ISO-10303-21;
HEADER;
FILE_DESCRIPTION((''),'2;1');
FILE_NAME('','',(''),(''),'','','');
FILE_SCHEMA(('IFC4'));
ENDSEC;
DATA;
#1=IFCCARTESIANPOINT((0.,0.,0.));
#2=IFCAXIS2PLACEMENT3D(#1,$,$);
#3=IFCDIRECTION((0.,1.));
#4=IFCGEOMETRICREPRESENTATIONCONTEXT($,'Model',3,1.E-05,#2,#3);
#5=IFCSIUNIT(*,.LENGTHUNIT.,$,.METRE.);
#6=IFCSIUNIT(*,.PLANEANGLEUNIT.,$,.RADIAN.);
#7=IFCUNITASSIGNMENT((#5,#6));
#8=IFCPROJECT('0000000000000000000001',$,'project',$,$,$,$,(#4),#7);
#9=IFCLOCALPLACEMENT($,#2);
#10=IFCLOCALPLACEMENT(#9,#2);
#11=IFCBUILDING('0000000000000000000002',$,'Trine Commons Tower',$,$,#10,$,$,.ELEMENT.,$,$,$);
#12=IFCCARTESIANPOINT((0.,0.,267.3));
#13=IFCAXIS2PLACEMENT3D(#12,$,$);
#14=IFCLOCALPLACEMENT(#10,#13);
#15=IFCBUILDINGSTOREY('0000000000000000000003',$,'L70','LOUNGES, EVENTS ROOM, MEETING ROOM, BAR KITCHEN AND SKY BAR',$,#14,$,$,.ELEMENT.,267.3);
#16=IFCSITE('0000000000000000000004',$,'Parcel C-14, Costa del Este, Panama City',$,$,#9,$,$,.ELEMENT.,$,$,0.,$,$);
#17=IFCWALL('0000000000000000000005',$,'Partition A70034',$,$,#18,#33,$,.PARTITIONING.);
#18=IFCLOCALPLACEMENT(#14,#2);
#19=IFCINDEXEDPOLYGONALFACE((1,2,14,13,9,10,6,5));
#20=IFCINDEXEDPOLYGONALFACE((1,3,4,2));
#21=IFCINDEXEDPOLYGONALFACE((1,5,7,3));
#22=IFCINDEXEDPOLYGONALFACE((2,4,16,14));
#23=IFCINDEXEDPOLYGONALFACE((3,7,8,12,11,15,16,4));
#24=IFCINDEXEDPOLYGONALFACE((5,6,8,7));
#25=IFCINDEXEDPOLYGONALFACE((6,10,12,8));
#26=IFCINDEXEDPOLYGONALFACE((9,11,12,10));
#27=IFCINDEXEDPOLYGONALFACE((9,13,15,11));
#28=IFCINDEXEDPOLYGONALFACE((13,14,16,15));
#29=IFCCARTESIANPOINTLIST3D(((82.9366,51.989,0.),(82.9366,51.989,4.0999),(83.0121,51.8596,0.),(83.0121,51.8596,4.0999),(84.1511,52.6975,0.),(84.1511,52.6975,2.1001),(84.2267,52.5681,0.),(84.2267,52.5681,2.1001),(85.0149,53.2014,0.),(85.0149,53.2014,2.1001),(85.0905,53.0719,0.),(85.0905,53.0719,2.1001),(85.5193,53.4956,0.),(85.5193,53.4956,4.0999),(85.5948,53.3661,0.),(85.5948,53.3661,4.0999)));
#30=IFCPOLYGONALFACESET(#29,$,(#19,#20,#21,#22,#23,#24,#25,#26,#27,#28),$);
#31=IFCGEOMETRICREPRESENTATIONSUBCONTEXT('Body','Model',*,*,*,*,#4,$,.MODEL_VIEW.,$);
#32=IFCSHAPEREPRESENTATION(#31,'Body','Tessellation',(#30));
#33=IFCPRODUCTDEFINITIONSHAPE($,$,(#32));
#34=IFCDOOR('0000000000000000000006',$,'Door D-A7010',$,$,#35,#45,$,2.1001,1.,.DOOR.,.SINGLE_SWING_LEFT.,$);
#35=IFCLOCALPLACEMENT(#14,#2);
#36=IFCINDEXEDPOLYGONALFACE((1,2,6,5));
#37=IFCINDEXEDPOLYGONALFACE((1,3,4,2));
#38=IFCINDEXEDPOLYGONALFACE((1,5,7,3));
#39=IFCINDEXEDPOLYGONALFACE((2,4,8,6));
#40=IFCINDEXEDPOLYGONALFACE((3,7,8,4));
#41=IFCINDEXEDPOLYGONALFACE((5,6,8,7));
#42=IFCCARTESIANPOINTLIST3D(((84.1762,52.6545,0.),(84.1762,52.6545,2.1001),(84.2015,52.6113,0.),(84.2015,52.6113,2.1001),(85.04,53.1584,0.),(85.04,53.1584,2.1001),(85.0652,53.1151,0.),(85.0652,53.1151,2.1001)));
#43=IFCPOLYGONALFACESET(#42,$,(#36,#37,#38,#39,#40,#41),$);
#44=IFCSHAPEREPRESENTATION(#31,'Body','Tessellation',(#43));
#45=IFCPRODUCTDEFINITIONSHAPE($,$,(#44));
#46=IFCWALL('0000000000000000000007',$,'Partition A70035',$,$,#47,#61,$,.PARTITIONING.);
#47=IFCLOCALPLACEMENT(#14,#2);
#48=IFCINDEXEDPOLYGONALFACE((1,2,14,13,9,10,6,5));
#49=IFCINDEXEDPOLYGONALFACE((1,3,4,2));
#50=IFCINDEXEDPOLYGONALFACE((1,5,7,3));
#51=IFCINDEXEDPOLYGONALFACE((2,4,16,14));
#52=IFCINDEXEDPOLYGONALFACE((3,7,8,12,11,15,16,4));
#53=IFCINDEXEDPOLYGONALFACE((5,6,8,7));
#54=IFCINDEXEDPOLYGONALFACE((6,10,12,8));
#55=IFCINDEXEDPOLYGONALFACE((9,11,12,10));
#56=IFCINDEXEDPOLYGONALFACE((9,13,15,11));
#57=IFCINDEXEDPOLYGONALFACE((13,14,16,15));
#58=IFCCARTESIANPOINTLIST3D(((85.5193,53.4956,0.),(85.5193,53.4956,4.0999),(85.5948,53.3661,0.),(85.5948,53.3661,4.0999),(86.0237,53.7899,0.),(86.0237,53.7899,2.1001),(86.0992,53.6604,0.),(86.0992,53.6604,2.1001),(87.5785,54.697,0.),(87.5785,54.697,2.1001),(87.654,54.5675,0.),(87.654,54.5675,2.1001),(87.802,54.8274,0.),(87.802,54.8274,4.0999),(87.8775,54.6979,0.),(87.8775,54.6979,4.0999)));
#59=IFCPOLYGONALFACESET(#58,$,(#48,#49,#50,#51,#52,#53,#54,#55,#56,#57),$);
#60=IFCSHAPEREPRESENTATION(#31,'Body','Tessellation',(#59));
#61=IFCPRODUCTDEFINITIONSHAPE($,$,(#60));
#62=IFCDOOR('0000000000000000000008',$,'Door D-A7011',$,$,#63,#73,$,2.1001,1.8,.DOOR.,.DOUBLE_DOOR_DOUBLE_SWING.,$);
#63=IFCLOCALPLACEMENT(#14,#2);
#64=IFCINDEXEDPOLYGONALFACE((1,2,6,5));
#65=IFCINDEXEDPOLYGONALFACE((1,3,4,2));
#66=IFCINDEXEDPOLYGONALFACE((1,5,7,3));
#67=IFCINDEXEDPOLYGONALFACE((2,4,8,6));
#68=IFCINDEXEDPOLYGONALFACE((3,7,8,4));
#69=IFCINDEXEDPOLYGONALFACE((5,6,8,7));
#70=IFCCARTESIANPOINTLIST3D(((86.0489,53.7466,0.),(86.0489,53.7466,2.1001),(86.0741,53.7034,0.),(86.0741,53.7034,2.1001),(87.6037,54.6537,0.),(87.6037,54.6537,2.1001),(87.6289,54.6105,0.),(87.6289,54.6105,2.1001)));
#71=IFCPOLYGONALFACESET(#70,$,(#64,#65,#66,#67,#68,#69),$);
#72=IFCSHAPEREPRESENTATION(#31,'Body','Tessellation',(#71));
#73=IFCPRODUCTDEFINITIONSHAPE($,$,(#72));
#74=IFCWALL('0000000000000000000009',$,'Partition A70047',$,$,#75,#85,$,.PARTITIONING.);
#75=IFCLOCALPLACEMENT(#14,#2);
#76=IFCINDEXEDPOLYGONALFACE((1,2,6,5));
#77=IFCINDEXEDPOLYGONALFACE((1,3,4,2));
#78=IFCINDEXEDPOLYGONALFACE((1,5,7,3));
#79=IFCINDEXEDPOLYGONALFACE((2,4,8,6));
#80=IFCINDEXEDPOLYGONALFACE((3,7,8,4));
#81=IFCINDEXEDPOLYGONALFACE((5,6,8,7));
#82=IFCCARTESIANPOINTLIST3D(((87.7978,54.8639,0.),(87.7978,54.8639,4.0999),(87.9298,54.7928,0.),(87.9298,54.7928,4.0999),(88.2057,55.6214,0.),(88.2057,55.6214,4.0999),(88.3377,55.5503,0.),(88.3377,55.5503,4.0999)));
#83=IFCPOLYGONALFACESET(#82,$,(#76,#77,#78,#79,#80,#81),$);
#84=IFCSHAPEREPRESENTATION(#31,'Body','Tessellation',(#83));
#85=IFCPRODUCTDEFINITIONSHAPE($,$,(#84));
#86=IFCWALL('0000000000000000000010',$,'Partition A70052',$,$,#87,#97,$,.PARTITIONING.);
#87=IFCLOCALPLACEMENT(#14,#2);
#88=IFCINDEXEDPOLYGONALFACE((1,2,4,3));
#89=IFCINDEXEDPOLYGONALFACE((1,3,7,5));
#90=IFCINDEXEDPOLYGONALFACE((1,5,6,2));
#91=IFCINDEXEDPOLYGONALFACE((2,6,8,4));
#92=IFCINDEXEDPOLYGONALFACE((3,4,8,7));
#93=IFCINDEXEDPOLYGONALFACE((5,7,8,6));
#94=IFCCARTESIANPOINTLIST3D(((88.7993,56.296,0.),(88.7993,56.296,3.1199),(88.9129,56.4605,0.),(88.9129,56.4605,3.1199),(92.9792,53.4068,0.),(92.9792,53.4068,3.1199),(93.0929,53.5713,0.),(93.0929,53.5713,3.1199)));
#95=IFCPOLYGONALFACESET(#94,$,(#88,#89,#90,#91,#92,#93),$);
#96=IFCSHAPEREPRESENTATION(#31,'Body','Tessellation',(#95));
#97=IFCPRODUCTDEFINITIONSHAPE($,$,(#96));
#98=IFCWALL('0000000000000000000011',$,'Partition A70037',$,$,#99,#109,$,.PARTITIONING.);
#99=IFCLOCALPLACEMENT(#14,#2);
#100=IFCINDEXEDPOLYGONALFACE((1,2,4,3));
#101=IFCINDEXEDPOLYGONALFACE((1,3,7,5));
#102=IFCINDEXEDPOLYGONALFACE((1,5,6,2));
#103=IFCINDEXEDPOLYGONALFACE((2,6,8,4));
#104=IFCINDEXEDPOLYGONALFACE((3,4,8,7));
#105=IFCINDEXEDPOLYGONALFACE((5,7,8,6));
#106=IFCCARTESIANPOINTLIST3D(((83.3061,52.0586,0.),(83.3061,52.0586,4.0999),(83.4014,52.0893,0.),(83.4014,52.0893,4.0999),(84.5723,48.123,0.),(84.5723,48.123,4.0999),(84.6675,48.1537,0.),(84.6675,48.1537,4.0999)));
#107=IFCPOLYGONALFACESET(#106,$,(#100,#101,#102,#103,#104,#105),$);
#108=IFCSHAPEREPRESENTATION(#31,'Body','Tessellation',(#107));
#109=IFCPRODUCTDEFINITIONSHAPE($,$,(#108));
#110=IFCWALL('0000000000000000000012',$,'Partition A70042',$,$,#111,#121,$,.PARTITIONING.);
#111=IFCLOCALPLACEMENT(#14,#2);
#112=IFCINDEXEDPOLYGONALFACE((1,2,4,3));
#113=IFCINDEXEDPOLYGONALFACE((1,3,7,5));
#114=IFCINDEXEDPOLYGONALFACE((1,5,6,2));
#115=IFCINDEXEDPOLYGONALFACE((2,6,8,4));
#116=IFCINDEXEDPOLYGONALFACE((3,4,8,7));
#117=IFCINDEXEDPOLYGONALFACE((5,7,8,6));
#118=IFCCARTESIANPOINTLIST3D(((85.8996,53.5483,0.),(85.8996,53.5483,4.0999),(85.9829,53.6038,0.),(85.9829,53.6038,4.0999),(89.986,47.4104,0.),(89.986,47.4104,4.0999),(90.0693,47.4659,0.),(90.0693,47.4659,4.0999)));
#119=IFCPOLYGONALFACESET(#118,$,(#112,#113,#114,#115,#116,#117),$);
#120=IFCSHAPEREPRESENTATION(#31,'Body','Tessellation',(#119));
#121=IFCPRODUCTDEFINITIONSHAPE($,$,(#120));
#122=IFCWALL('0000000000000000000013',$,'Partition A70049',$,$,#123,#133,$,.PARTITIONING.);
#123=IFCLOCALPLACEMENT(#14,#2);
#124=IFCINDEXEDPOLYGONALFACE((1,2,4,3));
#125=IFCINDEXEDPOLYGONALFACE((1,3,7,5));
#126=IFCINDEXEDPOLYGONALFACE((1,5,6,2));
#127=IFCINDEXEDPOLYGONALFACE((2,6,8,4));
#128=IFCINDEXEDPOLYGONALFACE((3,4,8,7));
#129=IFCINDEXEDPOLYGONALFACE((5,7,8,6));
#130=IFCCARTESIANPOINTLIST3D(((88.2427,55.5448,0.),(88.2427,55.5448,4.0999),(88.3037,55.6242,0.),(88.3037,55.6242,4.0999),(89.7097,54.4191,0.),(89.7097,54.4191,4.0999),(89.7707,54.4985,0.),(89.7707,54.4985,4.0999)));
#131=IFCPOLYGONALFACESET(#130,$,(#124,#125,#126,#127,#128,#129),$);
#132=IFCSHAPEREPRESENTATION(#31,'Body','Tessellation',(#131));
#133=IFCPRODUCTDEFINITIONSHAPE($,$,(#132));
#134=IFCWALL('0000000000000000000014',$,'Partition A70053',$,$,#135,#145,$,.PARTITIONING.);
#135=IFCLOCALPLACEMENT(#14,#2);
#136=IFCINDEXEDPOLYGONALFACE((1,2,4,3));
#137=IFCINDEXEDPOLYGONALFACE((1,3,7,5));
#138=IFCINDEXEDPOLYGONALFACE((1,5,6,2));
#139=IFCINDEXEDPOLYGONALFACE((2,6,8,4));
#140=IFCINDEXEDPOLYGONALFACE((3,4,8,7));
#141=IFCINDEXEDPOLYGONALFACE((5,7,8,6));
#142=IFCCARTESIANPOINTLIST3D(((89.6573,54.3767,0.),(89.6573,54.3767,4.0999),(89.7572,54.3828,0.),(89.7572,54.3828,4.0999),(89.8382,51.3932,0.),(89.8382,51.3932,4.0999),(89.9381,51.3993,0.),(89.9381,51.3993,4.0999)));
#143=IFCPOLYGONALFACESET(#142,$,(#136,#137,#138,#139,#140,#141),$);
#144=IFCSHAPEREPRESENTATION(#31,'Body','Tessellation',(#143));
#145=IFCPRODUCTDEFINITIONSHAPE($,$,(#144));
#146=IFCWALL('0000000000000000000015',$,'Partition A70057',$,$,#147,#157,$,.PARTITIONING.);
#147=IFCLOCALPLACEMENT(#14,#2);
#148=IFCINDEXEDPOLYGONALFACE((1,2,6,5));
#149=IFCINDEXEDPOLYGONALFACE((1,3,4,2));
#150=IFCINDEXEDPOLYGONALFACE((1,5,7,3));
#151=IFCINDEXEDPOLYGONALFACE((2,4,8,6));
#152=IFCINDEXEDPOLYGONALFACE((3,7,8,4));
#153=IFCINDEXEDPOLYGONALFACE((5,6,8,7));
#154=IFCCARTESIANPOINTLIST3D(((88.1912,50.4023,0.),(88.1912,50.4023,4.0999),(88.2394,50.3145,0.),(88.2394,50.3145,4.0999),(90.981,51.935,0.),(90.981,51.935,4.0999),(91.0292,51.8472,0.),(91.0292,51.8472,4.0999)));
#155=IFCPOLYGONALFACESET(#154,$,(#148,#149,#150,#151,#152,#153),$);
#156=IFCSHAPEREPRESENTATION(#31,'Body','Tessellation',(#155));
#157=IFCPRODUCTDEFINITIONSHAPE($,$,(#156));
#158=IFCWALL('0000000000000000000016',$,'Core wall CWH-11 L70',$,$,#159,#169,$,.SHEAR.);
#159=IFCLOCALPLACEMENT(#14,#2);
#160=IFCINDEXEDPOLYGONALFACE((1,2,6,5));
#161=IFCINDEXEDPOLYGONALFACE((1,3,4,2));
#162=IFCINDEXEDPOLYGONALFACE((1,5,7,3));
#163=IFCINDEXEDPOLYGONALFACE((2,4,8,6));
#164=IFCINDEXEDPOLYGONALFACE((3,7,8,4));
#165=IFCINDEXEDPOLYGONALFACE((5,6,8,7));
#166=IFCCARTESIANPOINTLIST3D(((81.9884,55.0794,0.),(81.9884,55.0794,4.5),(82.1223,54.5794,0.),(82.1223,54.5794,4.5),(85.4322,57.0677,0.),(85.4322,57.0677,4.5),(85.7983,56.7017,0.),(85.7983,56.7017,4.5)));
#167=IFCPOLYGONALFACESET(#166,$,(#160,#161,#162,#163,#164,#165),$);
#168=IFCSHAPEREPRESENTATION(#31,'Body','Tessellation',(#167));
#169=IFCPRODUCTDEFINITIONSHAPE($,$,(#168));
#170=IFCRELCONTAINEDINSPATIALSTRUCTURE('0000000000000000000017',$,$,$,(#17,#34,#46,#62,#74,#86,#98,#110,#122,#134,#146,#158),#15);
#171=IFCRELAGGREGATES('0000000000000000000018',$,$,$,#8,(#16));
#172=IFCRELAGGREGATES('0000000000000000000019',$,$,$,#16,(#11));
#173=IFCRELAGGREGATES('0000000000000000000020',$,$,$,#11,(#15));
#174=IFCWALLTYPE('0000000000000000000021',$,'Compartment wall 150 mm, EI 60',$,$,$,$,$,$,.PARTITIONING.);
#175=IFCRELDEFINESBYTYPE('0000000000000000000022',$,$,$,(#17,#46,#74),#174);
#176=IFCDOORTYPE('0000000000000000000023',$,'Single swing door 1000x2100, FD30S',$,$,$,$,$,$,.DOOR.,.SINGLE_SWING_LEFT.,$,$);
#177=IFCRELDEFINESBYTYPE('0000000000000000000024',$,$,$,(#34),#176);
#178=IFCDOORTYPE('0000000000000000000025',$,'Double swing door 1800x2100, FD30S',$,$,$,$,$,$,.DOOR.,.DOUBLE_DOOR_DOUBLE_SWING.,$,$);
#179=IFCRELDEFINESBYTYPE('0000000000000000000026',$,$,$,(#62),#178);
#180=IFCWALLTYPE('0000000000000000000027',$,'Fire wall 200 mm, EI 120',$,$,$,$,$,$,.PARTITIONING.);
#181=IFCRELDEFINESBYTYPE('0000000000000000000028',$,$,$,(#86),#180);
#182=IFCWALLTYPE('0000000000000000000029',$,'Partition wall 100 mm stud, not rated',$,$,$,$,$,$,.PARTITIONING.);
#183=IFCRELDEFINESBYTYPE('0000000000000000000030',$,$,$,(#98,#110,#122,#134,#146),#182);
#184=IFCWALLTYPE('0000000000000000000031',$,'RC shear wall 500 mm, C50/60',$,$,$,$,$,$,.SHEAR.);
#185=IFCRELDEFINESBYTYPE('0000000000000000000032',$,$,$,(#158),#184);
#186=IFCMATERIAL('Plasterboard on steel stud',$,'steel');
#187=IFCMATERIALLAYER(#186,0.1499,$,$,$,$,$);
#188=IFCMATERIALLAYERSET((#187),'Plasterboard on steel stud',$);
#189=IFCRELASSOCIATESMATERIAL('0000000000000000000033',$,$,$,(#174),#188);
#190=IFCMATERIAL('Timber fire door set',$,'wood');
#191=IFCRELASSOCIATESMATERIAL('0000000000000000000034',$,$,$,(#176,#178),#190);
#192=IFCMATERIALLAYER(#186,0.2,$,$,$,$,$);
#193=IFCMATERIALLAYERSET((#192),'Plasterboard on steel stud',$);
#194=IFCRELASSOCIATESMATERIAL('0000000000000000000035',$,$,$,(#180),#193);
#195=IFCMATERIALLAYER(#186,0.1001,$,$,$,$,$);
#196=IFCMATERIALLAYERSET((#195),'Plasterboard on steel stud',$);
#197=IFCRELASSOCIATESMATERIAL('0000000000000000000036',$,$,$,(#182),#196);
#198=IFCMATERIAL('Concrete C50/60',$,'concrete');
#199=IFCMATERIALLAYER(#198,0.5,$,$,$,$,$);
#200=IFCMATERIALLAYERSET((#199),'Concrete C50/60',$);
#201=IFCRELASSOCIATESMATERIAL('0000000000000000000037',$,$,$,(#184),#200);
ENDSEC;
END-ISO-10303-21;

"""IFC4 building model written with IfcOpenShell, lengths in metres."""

from ifc_helpers import new_model, si_unit, direction, frame, frame_2d, origin, place, context, subcontext, project, spatial, polyline, rectangle, outline, extrude, material, layer, layer_set, type_object, element, fill, save


model = new_model("IFC4")

# Units and contexts
model_context = context("Model", 3, precision=1e-05, world=origin(), true_north=direction((0.0, 1.0)))
body_context = subcontext(model_context, "Body", "Model", "MODEL_VIEW")
ifc_project = project(units=[si_unit("LENGTHUNIT", "METRE"), si_unit("PLANEANGLEUNIT", "RADIAN")], contexts=[model_context])

# Site, building, storey
site_placement = place(None, origin())
site = spatial("IfcSite", under=ifc_project, at=site_placement, Name="Parcel C-14, Costa del Este, Panama City", CompositionType="ELEMENT", RefElevation=0.0)
building_placement = place(site_placement, origin())
building = spatial("IfcBuilding", under=site, at=building_placement, Name="Trine Commons Tower", CompositionType="ELEMENT")
storey_placement = place(building_placement, frame((0.0, 0.0, 267.3)))
storey = spatial("IfcBuildingStorey", under=building, at=storey_placement, Name="L70", Description="LOUNGES, EVENTS ROOM, MEETING ROOM, BAR KITCHEN AND SKY BAR", CompositionType="ELEMENT", Elevation=267.3)

# Walls, openings, doors
ifc_material_1 = material(Name="Plasterboard on steel stud", Category="steel")
ifc_layer_1 = layer(ifc_material_1, 0.1499)
ifc_layer_set_1 = layer_set([ifc_layer_1], Name="Plasterboard on steel stud")
wall_type_1 = type_object("IfcWallType", Name="Compartment wall 150 mm, EI 60", PredefinedType="PARTITIONING", material=ifc_layer_set_1)
ifc_material_2 = material(Name="Timber fire door set", Category="wood")
door_type_1 = type_object("IfcDoorType", Name="Single swing door 1000x2100, FD30S", OperationType="SINGLE_SWING_LEFT", PredefinedType="DOOR", material=ifc_material_2)
wall_1_placement = place(storey_placement, frame((85.5571, 53.4309, 0.0), z_axis=(0.0, 0.0, 1.0), x_axis=(-0.863782, -0.503866, 0.0)))
wall_1 = element("IfcWall", 1, at=wall_1_placement, inside=storey, type_object=wall_type_1, Name="Partition A70034", PredefinedType="PARTITIONING", context=body_context, shape_type="SweptSolid", body=[
    extrude(rectangle(XDim=2.99, YDim=0.1499, at=frame_2d((1.4951, 0.0))), origin(), (0.0, 0.0, 1.0), 4.0999),
])
opening_1_placement = place(wall_1_placement, frame((0.584, 0.0, 0.0)))
opening_1 = element("IfcOpeningElement", 2, at=opening_1_placement, cuts=wall_1, PredefinedType="OPENING", context=body_context, shape_type="SweptSolid", body=[
    extrude(rectangle(XDim=1.0, YDim=2.1001, at=frame_2d((0.5, 1.05))), frame((0.0, 0.085, 0.0), z_axis=(0.0, -1.0, 0.0), x_axis=(1.0, 0.0, 0.0)), (0.0, 0.0, 1.0), 0.1699),
])
door_1_placement = place(opening_1_placement, origin())
door_1 = element("IfcDoor", 3, at=door_1_placement, inside=storey, type_object=door_type_1, Name="Door D-A7010", OperationType="SINGLE_SWING_LEFT", OverallHeight=2.1001, OverallWidth=1.0, PredefinedType="DOOR", context=body_context, shape_type="SweptSolid", body=[
    extrude(rectangle(XDim=1.0, YDim=2.1001, at=frame_2d((0.5, 1.05))), frame((0.0, 0.0249, 0.0), z_axis=(0.0, -1.0, 0.0), x_axis=(1.0, 0.0, 0.0)), (0.0, 0.0, 1.0), 0.05),
])
fill(opening_1, door_1)
wall_2_placement = place(storey_placement, frame((85.5571, 53.4309, 0.0), z_axis=(0.0, 0.0, 1.0), x_axis=(0.863745, 0.503928, 0.0)))
wall_2 = element("IfcWall", 4, at=wall_2_placement, inside=storey, type_object=wall_type_1, Name="Partition A70035", PredefinedType="PARTITIONING", context=body_context, shape_type="SweptSolid", body=[
    extrude(rectangle(XDim=2.6428, YDim=0.1499, at=frame_2d((1.3213, 0.0))), origin(), (0.0, 0.0, 1.0), 4.0999),
])
opening_2_placement = place(wall_2_placement, frame((0.584, 0.0, 0.0)))
opening_2 = element("IfcOpeningElement", 5, at=opening_2_placement, cuts=wall_2, PredefinedType="OPENING", context=body_context, shape_type="SweptSolid", body=[
    extrude(rectangle(XDim=1.8, YDim=2.1001, at=frame_2d((0.8999, 1.05))), frame((0.0, 0.085, 0.0), z_axis=(0.0, -1.0, 0.0), x_axis=(1.0, 0.0, 0.0)), (0.0, 0.0, 1.0), 0.1699),
])
door_type_2 = type_object("IfcDoorType", Name="Double swing door 1800x2100, FD30S", OperationType="DOUBLE_DOOR_DOUBLE_SWING", PredefinedType="DOOR", material=ifc_material_2)
door_2_placement = place(opening_2_placement, origin())
door_2 = element("IfcDoor", 6, at=door_2_placement, inside=storey, type_object=door_type_2, Name="Door D-A7011", OperationType="DOUBLE_DOOR_DOUBLE_SWING", OverallHeight=2.1001, OverallWidth=1.8, PredefinedType="DOOR", context=body_context, shape_type="SweptSolid", body=[
    extrude(rectangle(XDim=1.8, YDim=2.1001, at=frame_2d((0.8999, 1.05))), frame((0.0, 0.0249, 0.0), z_axis=(0.0, -1.0, 0.0), x_axis=(1.0, 0.0, 0.0)), (0.0, 0.0, 1.0), 0.05),
])
fill(opening_2, door_2)

# Walls
wall_3_placement = place(storey_placement, frame((87.8638, 54.8284, 0.0), z_axis=(0.0, 0.0, 1.0), x_axis=(0.474134, 0.880453, 0.0)))
element("IfcWall", 7, at=wall_3_placement, inside=storey, type_object=wall_type_1, Name="Partition A70047", PredefinedType="PARTITIONING", context=body_context, shape_type="SweptSolid", body=[
    extrude(rectangle(XDim=0.8604, YDim=0.1499, at=frame_2d((0.4302, 0.0))), origin(), (0.0, 0.0, 1.0), 4.0999),
])
ifc_layer_2 = layer(ifc_material_1, 0.2)
ifc_layer_set_2 = layer_set([ifc_layer_2], Name="Plasterboard on steel stud")
wall_type_2 = type_object("IfcWallType", Name="Fire wall 200 mm, EI 120", PredefinedType="PARTITIONING", material=ifc_layer_set_2)
wall_4_placement = place(storey_placement, frame((88.8562, 56.3782, 0.0), z_axis=(0.0, 0.0, 1.0), x_axis=(0.822619, -0.568593, 0.0)))
element("IfcWall", 8, at=wall_4_placement, inside=storey, type_object=wall_type_2, Name="Partition A70052", PredefinedType="PARTITIONING", context=body_context, shape_type="SweptSolid", body=[
    extrude(rectangle(XDim=5.0813, YDim=0.2, at=frame_2d((2.5405, 0.0))), origin(), (0.0, 0.0, 1.0), 3.1199),
])
ifc_layer_3 = layer(ifc_material_1, 0.1001)
ifc_layer_set_3 = layer_set([ifc_layer_3], Name="Plasterboard on steel stud")
wall_type_3 = type_object("IfcWallType", Name="Partition wall 100 mm stud, not rated", PredefinedType="PARTITIONING", material=ifc_layer_set_3)
wall_5_placement = place(storey_placement, frame((83.3538, 52.074, 0.0), z_axis=(0.0, 0.0, 1.0), x_axis=(0.306254, -0.95195, 0.0)))
element("IfcWall", 9, at=wall_5_placement, inside=storey, type_object=wall_type_3, Name="Partition A70037", PredefinedType="PARTITIONING", context=body_context, shape_type="SweptSolid", body=[
    extrude(rectangle(XDim=4.1343, YDim=0.1001, at=frame_2d((2.0671, 0.0))), origin(), (0.0, 0.0, 1.0), 4.0999),
])
wall_6_placement = place(storey_placement, frame((85.9412, 53.5762, 0.0), z_axis=(0.0, 0.0, 1.0), x_axis=(0.554181, -0.832397, 0.0)))
element("IfcWall", 10, at=wall_6_placement, inside=storey, type_object=wall_type_3, Name="Partition A70042", PredefinedType="PARTITIONING", context=body_context, shape_type="SweptSolid", body=[
    extrude(rectangle(XDim=7.3738, YDim=0.1001, at=frame_2d((3.687, 0.0))), origin(), (0.0, 0.0, 1.0), 4.0999),
])
wall_7_placement = place(storey_placement, frame((88.2732, 55.5845, 0.0), z_axis=(0.0, 0.0, 1.0), x_axis=(0.793345, -0.608772, 0.0)))
element("IfcWall", 11, at=wall_7_placement, inside=storey, type_object=wall_type_3, Name="Partition A70049", PredefinedType="PARTITIONING", context=body_context, shape_type="SweptSolid", body=[
    extrude(rectangle(XDim=1.8491, YDim=0.1001, at=frame_2d((0.9246, 0.0))), origin(), (0.0, 0.0, 1.0), 4.0999),
])
wall_8_placement = place(storey_placement, frame((89.7073, 54.3799, 0.0), z_axis=(0.0, 0.0, 1.0), x_axis=(0.060522, -0.998167, 0.0)))
element("IfcWall", 12, at=wall_8_placement, inside=storey, type_object=wall_type_3, Name="Partition A70053", PredefinedType="PARTITIONING", context=body_context, shape_type="SweptSolid", body=[
    extrude(rectangle(XDim=2.989, YDim=0.1001, at=frame_2d((1.4946, 0.0))), origin(), (0.0, 0.0, 1.0), 4.0999),
])
wall_9_placement = place(storey_placement, frame((88.2153, 50.3584, 0.0), z_axis=(0.0, 0.0, 1.0), x_axis=(0.876438, 0.481515, 0.0)))
element("IfcWall", 13, at=wall_9_placement, inside=storey, type_object=wall_type_3, Name="Partition A70057", PredefinedType="PARTITIONING", context=body_context, shape_type="SweptSolid", body=[
    extrude(rectangle(XDim=3.1831, YDim=0.1001, at=frame_2d((1.5916, 0.0))), origin(), (0.0, 0.0, 1.0), 4.0999),
])
ifc_material_3 = material(Name="Concrete C50/60", Category="concrete")
ifc_layer_4 = layer(ifc_material_3, 0.5)
ifc_layer_set_4 = layer_set([ifc_layer_4], Name="Concrete C50/60")
wall_type_4 = type_object("IfcWallType", Name="RC shear wall 500 mm, C50/60", PredefinedType="SHEAR", material=ifc_layer_set_4)
wall_10_placement = place(storey_placement, frame((81.9973, 54.7959, 0.0), z_axis=(0.0, 0.0, 1.0), x_axis=(0.866029, 0.499993, 0.0)))
element("IfcWall", 14, at=wall_10_placement, inside=storey, type_object=wall_type_4, Name="Core wall CWH-11 L70", PredefinedType="SHEAR", context=body_context, shape_type="SweptSolid", body=[
    extrude(outline(polyline([(0.0, -0.25), (4.2446, -0.25), (4.1106, 0.25), (0.134, 0.25), (0.0, -0.25)])), origin(), (0.0, 0.0, 1.0), 4.5),
])

save(model, "model.ifc")
